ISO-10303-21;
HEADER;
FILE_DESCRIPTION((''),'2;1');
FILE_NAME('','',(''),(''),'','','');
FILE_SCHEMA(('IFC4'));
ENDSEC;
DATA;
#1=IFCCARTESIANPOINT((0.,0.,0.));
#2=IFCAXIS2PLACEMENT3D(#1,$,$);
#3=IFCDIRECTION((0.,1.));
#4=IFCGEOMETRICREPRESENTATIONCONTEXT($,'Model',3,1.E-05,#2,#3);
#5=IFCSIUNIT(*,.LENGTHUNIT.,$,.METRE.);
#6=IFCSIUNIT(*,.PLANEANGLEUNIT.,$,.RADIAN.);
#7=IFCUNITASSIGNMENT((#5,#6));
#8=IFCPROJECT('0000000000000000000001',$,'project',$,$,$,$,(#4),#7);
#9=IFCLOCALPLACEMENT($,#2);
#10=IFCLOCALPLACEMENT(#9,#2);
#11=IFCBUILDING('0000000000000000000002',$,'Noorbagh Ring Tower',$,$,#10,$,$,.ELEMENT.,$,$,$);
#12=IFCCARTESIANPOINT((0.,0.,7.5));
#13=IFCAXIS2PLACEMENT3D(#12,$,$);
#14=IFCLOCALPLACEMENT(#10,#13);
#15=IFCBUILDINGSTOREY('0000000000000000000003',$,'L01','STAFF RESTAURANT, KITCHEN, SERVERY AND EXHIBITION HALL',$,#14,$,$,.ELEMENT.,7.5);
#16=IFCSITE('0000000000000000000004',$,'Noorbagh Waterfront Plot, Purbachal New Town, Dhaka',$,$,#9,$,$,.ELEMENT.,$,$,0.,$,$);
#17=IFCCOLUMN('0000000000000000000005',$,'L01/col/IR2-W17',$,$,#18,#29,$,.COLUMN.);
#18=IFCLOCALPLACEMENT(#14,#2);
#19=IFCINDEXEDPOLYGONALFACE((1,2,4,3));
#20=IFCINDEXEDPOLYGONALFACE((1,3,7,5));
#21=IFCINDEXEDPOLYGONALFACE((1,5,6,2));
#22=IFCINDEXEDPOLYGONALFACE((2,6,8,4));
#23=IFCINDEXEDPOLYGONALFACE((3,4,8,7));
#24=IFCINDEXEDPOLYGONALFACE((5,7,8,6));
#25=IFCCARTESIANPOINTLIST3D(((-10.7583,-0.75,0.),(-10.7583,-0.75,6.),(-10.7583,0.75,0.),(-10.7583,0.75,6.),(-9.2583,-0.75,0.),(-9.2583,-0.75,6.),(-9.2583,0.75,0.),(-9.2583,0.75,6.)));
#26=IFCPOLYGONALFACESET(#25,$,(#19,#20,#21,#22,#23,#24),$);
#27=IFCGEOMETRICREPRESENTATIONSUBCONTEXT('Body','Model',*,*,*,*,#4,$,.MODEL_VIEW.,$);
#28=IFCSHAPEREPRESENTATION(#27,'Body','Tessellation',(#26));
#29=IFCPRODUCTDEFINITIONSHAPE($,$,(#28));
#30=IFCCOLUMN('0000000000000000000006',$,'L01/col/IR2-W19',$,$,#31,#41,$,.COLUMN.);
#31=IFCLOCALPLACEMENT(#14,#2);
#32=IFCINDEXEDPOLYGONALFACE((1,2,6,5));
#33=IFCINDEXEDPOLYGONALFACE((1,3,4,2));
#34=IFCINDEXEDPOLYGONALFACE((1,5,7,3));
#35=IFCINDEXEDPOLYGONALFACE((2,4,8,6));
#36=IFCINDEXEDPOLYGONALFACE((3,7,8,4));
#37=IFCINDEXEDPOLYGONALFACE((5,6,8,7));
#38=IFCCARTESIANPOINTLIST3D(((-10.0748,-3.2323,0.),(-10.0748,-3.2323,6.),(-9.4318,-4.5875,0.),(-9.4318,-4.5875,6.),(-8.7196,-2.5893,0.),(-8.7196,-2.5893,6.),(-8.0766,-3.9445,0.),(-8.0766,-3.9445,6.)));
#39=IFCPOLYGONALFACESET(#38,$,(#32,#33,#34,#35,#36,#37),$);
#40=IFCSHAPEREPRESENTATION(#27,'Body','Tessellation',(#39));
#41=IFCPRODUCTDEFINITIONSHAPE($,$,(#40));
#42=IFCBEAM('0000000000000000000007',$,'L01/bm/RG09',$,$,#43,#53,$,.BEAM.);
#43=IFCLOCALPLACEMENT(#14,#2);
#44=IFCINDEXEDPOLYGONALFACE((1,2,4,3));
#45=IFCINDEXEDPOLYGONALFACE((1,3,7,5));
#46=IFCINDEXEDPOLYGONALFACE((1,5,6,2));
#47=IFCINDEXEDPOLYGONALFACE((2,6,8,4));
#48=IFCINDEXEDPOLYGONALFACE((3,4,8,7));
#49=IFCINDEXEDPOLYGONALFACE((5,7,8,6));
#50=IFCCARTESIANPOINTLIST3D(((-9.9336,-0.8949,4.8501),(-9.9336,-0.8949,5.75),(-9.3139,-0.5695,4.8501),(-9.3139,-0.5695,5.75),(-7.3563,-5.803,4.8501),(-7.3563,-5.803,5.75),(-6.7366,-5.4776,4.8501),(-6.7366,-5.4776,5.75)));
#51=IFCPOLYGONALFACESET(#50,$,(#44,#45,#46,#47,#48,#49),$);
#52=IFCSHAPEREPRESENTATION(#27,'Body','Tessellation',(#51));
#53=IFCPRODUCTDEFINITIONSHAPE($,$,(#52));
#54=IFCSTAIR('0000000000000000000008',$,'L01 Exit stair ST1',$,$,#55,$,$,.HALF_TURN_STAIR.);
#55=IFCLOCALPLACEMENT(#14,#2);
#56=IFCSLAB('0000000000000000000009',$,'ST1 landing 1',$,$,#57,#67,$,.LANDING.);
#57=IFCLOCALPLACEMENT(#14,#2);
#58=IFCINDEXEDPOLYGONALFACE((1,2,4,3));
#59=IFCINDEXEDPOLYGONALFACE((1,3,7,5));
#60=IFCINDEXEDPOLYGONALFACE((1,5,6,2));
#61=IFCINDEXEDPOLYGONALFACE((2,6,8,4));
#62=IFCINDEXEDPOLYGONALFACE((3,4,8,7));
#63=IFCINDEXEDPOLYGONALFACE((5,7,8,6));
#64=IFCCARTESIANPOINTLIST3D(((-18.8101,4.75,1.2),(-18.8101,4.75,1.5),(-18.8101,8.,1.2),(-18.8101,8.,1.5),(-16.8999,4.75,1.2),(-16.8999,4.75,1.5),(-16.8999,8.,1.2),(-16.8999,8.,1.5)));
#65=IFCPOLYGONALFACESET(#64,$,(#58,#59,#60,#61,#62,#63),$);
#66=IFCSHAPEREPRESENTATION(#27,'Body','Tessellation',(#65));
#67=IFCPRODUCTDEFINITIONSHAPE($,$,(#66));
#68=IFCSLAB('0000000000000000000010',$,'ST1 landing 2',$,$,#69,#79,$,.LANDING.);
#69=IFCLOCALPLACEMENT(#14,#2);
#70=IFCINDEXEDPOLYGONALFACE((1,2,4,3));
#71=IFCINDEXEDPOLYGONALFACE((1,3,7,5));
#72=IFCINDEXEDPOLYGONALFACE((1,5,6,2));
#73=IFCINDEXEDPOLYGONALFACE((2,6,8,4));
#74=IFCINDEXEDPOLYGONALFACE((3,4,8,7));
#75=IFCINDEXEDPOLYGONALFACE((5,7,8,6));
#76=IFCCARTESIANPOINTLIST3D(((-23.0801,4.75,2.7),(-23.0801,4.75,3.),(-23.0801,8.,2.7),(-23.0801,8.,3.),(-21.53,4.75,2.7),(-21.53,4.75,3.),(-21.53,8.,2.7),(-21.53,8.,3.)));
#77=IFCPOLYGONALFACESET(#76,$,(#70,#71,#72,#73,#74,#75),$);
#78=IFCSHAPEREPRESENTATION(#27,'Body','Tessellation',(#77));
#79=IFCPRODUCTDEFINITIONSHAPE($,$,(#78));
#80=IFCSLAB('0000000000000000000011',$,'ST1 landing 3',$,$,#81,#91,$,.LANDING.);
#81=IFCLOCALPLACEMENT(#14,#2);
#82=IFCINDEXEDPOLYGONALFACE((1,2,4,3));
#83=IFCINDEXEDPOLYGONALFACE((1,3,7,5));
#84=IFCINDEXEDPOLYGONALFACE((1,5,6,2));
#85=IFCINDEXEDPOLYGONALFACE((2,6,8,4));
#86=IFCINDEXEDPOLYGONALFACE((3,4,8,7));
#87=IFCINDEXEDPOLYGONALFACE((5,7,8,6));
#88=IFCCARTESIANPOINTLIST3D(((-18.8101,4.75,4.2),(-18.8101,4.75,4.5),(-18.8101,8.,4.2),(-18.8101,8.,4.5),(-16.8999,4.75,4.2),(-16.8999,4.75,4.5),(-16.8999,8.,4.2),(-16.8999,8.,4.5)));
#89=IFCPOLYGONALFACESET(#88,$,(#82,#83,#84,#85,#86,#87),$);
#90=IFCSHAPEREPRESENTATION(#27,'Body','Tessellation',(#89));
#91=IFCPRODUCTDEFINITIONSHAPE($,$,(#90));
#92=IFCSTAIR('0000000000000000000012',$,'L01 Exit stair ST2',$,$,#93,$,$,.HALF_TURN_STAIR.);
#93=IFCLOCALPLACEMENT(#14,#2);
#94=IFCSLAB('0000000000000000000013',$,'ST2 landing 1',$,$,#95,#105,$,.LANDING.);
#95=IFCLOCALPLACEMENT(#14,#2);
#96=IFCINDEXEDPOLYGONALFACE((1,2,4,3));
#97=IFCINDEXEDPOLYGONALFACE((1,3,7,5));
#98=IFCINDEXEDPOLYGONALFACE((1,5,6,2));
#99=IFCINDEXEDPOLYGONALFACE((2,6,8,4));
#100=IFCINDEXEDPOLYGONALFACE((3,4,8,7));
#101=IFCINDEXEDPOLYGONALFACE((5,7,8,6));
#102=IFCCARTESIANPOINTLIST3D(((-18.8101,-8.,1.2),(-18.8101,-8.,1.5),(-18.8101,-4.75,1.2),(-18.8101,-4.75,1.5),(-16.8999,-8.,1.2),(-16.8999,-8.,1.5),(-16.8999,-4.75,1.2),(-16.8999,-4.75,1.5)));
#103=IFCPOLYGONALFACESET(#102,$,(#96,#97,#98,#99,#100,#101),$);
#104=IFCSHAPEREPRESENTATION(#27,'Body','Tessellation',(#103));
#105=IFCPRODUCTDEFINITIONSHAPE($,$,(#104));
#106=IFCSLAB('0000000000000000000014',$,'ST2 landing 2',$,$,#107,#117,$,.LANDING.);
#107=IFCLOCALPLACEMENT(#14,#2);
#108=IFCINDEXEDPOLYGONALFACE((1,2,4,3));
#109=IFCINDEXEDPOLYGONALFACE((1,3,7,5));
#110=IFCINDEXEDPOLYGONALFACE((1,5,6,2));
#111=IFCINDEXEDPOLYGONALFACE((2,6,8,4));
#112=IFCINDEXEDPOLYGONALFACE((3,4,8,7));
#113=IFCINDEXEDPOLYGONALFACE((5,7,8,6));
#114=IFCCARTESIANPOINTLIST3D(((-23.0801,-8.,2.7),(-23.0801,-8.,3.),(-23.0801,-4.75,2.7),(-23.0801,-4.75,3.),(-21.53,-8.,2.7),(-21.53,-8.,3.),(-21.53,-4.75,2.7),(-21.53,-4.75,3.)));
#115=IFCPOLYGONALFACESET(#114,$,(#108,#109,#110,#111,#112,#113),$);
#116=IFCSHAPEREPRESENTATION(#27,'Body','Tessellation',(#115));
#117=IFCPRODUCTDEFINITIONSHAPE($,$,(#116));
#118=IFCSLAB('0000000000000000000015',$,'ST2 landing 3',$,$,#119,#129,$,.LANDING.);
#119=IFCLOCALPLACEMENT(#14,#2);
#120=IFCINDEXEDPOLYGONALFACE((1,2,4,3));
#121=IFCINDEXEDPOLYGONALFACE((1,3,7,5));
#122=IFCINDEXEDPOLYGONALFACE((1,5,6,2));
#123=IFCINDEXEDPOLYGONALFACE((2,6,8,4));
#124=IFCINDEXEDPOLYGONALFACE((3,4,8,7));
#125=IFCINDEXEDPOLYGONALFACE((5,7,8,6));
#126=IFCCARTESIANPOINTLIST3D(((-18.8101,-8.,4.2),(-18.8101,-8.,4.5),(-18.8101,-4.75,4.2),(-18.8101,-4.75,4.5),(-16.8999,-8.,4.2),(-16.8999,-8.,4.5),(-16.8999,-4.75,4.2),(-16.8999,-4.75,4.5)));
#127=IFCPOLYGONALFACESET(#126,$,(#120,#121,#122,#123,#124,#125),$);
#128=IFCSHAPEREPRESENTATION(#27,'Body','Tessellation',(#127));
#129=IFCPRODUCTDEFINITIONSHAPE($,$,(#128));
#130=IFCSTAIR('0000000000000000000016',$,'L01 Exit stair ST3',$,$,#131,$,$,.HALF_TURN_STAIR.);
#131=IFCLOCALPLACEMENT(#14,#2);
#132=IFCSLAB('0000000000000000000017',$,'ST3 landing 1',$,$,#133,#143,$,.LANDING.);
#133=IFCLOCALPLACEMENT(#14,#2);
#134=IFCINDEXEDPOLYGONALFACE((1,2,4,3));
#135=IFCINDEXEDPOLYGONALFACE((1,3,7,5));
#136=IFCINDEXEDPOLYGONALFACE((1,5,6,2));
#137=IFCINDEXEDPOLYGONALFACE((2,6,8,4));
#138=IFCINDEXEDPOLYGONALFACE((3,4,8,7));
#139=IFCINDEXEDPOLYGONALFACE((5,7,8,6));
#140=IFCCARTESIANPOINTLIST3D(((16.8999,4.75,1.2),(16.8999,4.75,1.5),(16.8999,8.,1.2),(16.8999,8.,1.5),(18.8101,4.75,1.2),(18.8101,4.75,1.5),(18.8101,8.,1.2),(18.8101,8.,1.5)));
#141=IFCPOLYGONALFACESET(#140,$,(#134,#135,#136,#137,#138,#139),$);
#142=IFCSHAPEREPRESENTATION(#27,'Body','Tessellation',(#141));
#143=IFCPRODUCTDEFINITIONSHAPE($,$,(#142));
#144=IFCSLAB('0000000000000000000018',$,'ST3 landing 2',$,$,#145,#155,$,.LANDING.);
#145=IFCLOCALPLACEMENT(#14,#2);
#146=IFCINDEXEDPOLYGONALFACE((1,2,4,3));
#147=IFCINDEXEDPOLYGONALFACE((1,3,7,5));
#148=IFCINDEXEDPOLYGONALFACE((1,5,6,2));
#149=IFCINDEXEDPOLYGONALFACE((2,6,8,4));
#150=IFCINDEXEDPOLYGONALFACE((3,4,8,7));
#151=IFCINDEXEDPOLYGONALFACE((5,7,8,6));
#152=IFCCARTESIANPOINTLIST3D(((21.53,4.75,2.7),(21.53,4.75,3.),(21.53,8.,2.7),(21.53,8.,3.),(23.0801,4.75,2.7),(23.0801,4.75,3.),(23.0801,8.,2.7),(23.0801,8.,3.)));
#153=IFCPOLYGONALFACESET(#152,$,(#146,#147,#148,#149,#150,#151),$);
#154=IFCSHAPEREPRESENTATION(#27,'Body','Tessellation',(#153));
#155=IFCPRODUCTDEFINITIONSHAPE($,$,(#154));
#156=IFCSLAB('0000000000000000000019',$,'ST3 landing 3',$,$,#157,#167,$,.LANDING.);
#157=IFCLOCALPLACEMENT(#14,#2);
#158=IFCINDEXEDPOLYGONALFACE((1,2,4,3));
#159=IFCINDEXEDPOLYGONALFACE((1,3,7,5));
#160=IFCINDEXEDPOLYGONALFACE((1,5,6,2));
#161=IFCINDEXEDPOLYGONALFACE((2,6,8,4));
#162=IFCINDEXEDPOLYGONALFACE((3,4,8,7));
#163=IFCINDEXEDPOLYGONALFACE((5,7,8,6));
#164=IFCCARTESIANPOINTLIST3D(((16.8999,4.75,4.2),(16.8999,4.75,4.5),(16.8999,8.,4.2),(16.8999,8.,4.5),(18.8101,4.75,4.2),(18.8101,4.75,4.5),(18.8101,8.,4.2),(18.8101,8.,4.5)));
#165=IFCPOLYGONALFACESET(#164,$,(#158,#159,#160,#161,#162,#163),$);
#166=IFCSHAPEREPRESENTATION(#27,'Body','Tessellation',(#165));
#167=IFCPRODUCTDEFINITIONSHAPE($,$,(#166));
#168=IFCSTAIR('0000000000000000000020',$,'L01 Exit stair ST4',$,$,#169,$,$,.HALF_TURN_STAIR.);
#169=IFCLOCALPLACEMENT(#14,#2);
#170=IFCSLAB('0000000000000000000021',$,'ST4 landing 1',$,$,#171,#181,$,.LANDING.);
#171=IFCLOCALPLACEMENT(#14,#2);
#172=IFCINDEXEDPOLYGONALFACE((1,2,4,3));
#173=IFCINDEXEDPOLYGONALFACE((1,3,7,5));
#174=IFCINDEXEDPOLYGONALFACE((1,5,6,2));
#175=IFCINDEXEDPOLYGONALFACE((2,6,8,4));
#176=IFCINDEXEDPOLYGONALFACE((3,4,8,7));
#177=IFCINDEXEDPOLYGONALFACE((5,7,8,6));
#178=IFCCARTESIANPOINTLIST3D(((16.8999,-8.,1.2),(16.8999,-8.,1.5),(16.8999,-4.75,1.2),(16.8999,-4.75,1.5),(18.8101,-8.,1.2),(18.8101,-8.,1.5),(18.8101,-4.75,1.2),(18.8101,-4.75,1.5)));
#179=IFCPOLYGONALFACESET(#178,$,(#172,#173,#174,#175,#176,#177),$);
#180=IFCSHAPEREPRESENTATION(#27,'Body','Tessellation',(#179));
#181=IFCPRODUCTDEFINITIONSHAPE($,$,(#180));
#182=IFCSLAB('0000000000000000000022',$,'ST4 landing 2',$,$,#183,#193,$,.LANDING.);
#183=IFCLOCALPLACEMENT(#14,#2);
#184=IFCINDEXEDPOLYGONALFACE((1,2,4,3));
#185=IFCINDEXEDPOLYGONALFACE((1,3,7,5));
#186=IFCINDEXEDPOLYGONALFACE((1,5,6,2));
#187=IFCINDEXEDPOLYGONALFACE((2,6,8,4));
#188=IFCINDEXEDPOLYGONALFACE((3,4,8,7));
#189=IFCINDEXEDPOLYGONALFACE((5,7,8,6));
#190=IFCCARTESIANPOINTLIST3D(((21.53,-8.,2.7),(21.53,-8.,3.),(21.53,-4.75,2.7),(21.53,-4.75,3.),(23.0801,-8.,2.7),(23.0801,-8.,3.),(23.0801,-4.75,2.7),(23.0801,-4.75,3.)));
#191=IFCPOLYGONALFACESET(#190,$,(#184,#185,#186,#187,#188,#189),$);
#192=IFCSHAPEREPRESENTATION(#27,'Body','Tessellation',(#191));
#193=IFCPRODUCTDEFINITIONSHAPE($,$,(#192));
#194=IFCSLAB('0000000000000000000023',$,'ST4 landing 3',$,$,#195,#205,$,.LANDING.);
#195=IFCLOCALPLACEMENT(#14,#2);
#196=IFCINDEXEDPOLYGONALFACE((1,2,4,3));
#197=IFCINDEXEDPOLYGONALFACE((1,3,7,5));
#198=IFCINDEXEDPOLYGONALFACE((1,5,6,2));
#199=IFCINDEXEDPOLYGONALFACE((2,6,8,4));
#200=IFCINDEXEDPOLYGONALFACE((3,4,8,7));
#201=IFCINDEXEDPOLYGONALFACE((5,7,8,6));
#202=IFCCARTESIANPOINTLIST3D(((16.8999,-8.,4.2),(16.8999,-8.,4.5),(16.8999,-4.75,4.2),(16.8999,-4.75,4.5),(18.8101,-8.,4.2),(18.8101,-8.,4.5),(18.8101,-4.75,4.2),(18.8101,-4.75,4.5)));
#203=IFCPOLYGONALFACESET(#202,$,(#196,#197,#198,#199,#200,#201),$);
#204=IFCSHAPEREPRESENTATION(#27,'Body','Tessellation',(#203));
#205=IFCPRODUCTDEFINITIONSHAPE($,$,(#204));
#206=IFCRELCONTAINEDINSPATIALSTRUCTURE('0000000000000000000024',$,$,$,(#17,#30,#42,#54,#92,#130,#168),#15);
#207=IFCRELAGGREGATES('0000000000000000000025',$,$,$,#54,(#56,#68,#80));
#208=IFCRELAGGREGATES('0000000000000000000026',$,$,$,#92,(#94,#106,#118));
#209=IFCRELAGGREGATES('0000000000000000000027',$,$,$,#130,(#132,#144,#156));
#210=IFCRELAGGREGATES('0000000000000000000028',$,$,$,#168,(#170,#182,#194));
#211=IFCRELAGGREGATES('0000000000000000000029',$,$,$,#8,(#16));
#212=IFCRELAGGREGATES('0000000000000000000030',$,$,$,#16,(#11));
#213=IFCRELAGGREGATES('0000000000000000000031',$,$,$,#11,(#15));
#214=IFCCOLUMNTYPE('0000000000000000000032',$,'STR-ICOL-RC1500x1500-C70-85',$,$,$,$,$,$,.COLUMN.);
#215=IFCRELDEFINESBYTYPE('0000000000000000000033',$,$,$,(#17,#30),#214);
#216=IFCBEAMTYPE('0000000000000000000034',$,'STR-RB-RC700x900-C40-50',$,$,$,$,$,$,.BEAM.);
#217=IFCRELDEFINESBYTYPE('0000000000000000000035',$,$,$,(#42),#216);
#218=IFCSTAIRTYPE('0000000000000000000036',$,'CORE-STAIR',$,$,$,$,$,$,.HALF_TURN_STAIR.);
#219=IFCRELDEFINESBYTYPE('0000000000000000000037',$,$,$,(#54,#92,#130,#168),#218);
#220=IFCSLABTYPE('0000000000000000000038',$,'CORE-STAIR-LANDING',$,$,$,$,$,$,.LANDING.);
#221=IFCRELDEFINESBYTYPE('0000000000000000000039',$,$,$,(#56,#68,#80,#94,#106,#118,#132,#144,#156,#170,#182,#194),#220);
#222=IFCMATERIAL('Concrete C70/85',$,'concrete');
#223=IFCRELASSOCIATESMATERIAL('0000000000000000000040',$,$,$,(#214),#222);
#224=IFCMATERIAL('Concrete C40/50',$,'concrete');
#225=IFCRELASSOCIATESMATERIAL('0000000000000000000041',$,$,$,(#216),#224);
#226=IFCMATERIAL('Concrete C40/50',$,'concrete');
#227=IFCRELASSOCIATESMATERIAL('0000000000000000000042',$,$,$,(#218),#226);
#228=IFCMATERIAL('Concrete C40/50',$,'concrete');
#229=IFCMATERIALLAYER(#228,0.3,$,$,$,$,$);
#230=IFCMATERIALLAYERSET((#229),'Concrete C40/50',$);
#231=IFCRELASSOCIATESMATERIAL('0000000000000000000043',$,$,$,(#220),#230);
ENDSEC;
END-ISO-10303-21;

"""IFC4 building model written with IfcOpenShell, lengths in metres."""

from ifc_helpers import new_model, si_unit, direction, frame, origin, origin_2d, place, context, subcontext, project, spatial, polyline, rectangle, outline, extrude, material, layer, layer_set, material_profile, profile_set, type_object, element, aggregate, save


model = new_model("IFC4")

# Units and contexts
model_context = context("Model", 3, precision=1e-05, world=origin(), true_north=direction((0.0, 1.0)))
body_context = subcontext(model_context, "Body", "Model", "MODEL_VIEW")
ifc_project = project(units=[si_unit("LENGTHUNIT", "METRE"), si_unit("PLANEANGLEUNIT", "RADIAN")], contexts=[model_context])

# Site, building, storey
site_placement = place(None, origin())
site = spatial("IfcSite", under=ifc_project, at=site_placement, Name="Noorbagh Waterfront Plot, Purbachal New Town, Dhaka", CompositionType="ELEMENT", RefElevation=0.0)
building_placement = place(site_placement, origin())
building = spatial("IfcBuilding", under=site, at=building_placement, Name="Noorbagh Ring Tower", CompositionType="ELEMENT")
storey_placement = place(building_placement, frame((0.0, 0.0, 7.5)))
storey = spatial("IfcBuildingStorey", under=building, at=storey_placement, Name="L01", Description="STAFF RESTAURANT, KITCHEN, SERVERY AND EXHIBITION HALL", CompositionType="ELEMENT", Elevation=7.5)

# Columns
ifc_material_1 = material(Name="Concrete C70/85", Category="concrete")
ifc_material_profile_1 = material_profile(ifc_material_1, rectangle(XDim=1.5, YDim=1.5, at=origin_2d()), Name="RC1500x1500")
ifc_profile_set_1 = profile_set([ifc_material_profile_1], Name="Concrete C70/85")
column_type = type_object("IfcColumnType", Name="STR-ICOL-RC1500x1500-C70-85", PredefinedType="COLUMN", material=ifc_profile_set_1)
for number, where, z_axis, x_axis, name in (
    (1, (-10.0083, 0.0, 0.0), (0.0, 0.0, 1.0), (0.0, -1.0, 0.0), "L01/col/IR2-W17"),
    (2, (-9.0757, -3.5884, 0.0), (0.0, 0.0, 1.0), (0.428667, -0.903463, 0.0), "L01/col/IR2-W19"),
):
    element("IfcColumn", number, at=place(storey_placement, frame(where, z_axis=z_axis, x_axis=x_axis)), inside=storey, type_object=column_type, Name=name, PredefinedType="COLUMN", context=body_context, shape_type="SweptSolid", body=[
        extrude(rectangle(XDim=1.5, YDim=1.5, at=origin_2d()), origin(), (0.0, 0.0, 1.0), 6.0),
    ])

# Beam
ifc_material_2 = material(Name="Concrete C40/50", Category="concrete")
ifc_material_profile_2 = material_profile(ifc_material_2, rectangle(XDim=0.7, YDim=0.8999, at=origin_2d()), Name="RC700x900")
ifc_profile_set_2 = profile_set([ifc_material_profile_2], Name="Concrete C40/50")
beam_type = type_object("IfcBeamType", Name="STR-RB-RC700x900-C40-50", PredefinedType="BEAM", material=ifc_profile_set_2)
beam_placement = place(storey_placement, frame((-9.6238, -0.7322, 5.3), z_axis=(0.464917, -0.885354, 0.0), x_axis=(0.885354, 0.464917, 0.0)))
element("IfcBeam", 3, at=beam_placement, inside=storey, type_object=beam_type, Name="L01/bm/RG09", PredefinedType="BEAM", context=body_context, shape_type="SweptSolid", body=[
    extrude(rectangle(XDim=0.7, YDim=0.8999, at=origin_2d()), origin(), (0.0, 0.0, 1.0), 5.5437),
])

# Stairs, slabs
ifc_material_3 = material(Name="Concrete C40/50", Category="concrete")
stair_type_1 = type_object("IfcStairType", Name="CORE-STAIR", PredefinedType="HALF_TURN_STAIR", material=ifc_material_3)
stair_1_placement = place(storey_placement, origin())
stair_1 = element("IfcStair", 4, at=stair_1_placement, inside=storey, type_object=stair_type_1, Name="L01 Exit stair ST1", PredefinedType="HALF_TURN_STAIR")
ifc_material_4 = material(Name="Concrete C40/50", Category="concrete")
ifc_layer_1 = layer(ifc_material_4, 0.3)
ifc_layer_set_1 = layer_set([ifc_layer_1], Name="Concrete C40/50")
slab_type_1 = type_object("IfcSlabType", Name="CORE-STAIR-LANDING", PredefinedType="LANDING", material=ifc_layer_set_1)
slab_1_placement = place(storey_placement, frame((0.0, 0.0, 1.2)))
slab_1 = element("IfcSlab", 5, at=slab_1_placement, type_object=slab_type_1, Name="ST1 landing 1", PredefinedType="LANDING", context=body_context, shape_type="SweptSolid", body=[
    extrude(outline(polyline([(-18.8101, 4.75), (-16.8999, 4.75), (-16.8999, 8.0), (-18.8101, 8.0), (-18.8101, 4.75)])), origin(), (0.0, 0.0, 1.0), 0.3),
])
slab_2_placement = place(storey_placement, frame((0.0, 0.0, 2.7)))
slab_2 = element("IfcSlab", 6, at=slab_2_placement, type_object=slab_type_1, Name="ST1 landing 2", PredefinedType="LANDING", context=body_context, shape_type="SweptSolid", body=[
    extrude(outline(polyline([(-23.0801, 4.75), (-21.53, 4.75), (-21.53, 8.0), (-23.0801, 8.0), (-23.0801, 4.75)])), origin(), (0.0, 0.0, 1.0), 0.3),
])
slab_3_placement = place(storey_placement, frame((0.0, 0.0, 4.2)))
slab_3 = element("IfcSlab", 7, at=slab_3_placement, type_object=slab_type_1, Name="ST1 landing 3", PredefinedType="LANDING", context=body_context, shape_type="SweptSolid", body=[
    extrude(outline(polyline([(-18.8101, 4.75), (-16.8999, 4.75), (-16.8999, 8.0), (-18.8101, 8.0), (-18.8101, 4.75)])), origin(), (0.0, 0.0, 1.0), 0.3),
])
aggregate(stair_1, [slab_1, slab_2, slab_3])
stair_2_placement = place(storey_placement, origin())
stair_2 = element("IfcStair", 8, at=stair_2_placement, inside=storey, type_object=stair_type_1, Name="L01 Exit stair ST2", PredefinedType="HALF_TURN_STAIR")
slab_4_placement = place(storey_placement, frame((0.0, 0.0, 1.2)))
slab_4 = element("IfcSlab", 9, at=slab_4_placement, type_object=slab_type_1, Name="ST2 landing 1", PredefinedType="LANDING", context=body_context, shape_type="SweptSolid", body=[
    extrude(outline(polyline([(-18.8101, -8.0), (-16.8999, -8.0), (-16.8999, -4.75), (-18.8101, -4.75), (-18.8101, -8.0)])), origin(), (0.0, 0.0, 1.0), 0.3),
])
slab_5_placement = place(storey_placement, frame((0.0, 0.0, 2.7)))
slab_5 = element("IfcSlab", 10, at=slab_5_placement, type_object=slab_type_1, Name="ST2 landing 2", PredefinedType="LANDING", context=body_context, shape_type="SweptSolid", body=[
    extrude(outline(polyline([(-23.0801, -8.0), (-21.53, -8.0), (-21.53, -4.75), (-23.0801, -4.75), (-23.0801, -8.0)])), origin(), (0.0, 0.0, 1.0), 0.3),
])
slab_6_placement = place(storey_placement, frame((0.0, 0.0, 4.2)))
slab_6 = element("IfcSlab", 11, at=slab_6_placement, type_object=slab_type_1, Name="ST2 landing 3", PredefinedType="LANDING", context=body_context, shape_type="SweptSolid", body=[
    extrude(outline(polyline([(-18.8101, -8.0), (-16.8999, -8.0), (-16.8999, -4.75), (-18.8101, -4.75), (-18.8101, -8.0)])), origin(), (0.0, 0.0, 1.0), 0.3),
])
aggregate(stair_2, [slab_4, slab_5, slab_6])
stair_3_placement = place(storey_placement, origin())
stair_3 = element("IfcStair", 12, at=stair_3_placement, inside=storey, type_object=stair_type_1, Name="L01 Exit stair ST3", PredefinedType="HALF_TURN_STAIR")
slab_7_placement = place(storey_placement, frame((0.0, 0.0, 1.2)))
slab_7 = element("IfcSlab", 13, at=slab_7_placement, type_object=slab_type_1, Name="ST3 landing 1", PredefinedType="LANDING", context=body_context, shape_type="SweptSolid", body=[
    extrude(outline(polyline([(18.8101, 8.0), (16.8999, 8.0), (16.8999, 4.75), (18.8101, 4.75), (18.8101, 8.0)])), origin(), (0.0, 0.0, 1.0), 0.3),
])
slab_8_placement = place(storey_placement, frame((0.0, 0.0, 2.7)))
slab_8 = element("IfcSlab", 14, at=slab_8_placement, type_object=slab_type_1, Name="ST3 landing 2", PredefinedType="LANDING", context=body_context, shape_type="SweptSolid", body=[
    extrude(outline(polyline([(23.0801, 8.0), (21.53, 8.0), (21.53, 4.75), (23.0801, 4.75), (23.0801, 8.0)])), origin(), (0.0, 0.0, 1.0), 0.3),
])
slab_9_placement = place(storey_placement, frame((0.0, 0.0, 4.2)))
slab_9 = element("IfcSlab", 15, at=slab_9_placement, type_object=slab_type_1, Name="ST3 landing 3", PredefinedType="LANDING", context=body_context, shape_type="SweptSolid", body=[
    extrude(outline(polyline([(18.8101, 8.0), (16.8999, 8.0), (16.8999, 4.75), (18.8101, 4.75), (18.8101, 8.0)])), origin(), (0.0, 0.0, 1.0), 0.3),
])
aggregate(stair_3, [slab_7, slab_8, slab_9])
stair_4_placement = place(storey_placement, origin())
stair_4 = element("IfcStair", 16, at=stair_4_placement, inside=storey, type_object=stair_type_1, Name="L01 Exit stair ST4", PredefinedType="HALF_TURN_STAIR")
slab_10_placement = place(storey_placement, frame((0.0, 0.0, 1.2)))
slab_10 = element("IfcSlab", 17, at=slab_10_placement, type_object=slab_type_1, Name="ST4 landing 1", PredefinedType="LANDING", context=body_context, shape_type="SweptSolid", body=[
    extrude(outline(polyline([(18.8101, -4.75), (16.8999, -4.75), (16.8999, -8.0), (18.8101, -8.0), (18.8101, -4.75)])), origin(), (0.0, 0.0, 1.0), 0.3),
])
slab_11_placement = place(storey_placement, frame((0.0, 0.0, 2.7)))
slab_11 = element("IfcSlab", 18, at=slab_11_placement, type_object=slab_type_1, Name="ST4 landing 2", PredefinedType="LANDING", context=body_context, shape_type="SweptSolid", body=[
    extrude(outline(polyline([(23.0801, -4.75), (21.53, -4.75), (21.53, -8.0), (23.0801, -8.0), (23.0801, -4.75)])), origin(), (0.0, 0.0, 1.0), 0.3),
])
slab_12_placement = place(storey_placement, frame((0.0, 0.0, 4.2)))
slab_12 = element("IfcSlab", 19, at=slab_12_placement, type_object=slab_type_1, Name="ST4 landing 3", PredefinedType="LANDING", context=body_context, shape_type="SweptSolid", body=[
    extrude(outline(polyline([(18.8101, -4.75), (16.8999, -4.75), (16.8999, -8.0), (18.8101, -8.0), (18.8101, -4.75)])), origin(), (0.0, 0.0, 1.0), 0.3),
])
aggregate(stair_4, [slab_10, slab_11, slab_12])

save(model, "model.ifc")
